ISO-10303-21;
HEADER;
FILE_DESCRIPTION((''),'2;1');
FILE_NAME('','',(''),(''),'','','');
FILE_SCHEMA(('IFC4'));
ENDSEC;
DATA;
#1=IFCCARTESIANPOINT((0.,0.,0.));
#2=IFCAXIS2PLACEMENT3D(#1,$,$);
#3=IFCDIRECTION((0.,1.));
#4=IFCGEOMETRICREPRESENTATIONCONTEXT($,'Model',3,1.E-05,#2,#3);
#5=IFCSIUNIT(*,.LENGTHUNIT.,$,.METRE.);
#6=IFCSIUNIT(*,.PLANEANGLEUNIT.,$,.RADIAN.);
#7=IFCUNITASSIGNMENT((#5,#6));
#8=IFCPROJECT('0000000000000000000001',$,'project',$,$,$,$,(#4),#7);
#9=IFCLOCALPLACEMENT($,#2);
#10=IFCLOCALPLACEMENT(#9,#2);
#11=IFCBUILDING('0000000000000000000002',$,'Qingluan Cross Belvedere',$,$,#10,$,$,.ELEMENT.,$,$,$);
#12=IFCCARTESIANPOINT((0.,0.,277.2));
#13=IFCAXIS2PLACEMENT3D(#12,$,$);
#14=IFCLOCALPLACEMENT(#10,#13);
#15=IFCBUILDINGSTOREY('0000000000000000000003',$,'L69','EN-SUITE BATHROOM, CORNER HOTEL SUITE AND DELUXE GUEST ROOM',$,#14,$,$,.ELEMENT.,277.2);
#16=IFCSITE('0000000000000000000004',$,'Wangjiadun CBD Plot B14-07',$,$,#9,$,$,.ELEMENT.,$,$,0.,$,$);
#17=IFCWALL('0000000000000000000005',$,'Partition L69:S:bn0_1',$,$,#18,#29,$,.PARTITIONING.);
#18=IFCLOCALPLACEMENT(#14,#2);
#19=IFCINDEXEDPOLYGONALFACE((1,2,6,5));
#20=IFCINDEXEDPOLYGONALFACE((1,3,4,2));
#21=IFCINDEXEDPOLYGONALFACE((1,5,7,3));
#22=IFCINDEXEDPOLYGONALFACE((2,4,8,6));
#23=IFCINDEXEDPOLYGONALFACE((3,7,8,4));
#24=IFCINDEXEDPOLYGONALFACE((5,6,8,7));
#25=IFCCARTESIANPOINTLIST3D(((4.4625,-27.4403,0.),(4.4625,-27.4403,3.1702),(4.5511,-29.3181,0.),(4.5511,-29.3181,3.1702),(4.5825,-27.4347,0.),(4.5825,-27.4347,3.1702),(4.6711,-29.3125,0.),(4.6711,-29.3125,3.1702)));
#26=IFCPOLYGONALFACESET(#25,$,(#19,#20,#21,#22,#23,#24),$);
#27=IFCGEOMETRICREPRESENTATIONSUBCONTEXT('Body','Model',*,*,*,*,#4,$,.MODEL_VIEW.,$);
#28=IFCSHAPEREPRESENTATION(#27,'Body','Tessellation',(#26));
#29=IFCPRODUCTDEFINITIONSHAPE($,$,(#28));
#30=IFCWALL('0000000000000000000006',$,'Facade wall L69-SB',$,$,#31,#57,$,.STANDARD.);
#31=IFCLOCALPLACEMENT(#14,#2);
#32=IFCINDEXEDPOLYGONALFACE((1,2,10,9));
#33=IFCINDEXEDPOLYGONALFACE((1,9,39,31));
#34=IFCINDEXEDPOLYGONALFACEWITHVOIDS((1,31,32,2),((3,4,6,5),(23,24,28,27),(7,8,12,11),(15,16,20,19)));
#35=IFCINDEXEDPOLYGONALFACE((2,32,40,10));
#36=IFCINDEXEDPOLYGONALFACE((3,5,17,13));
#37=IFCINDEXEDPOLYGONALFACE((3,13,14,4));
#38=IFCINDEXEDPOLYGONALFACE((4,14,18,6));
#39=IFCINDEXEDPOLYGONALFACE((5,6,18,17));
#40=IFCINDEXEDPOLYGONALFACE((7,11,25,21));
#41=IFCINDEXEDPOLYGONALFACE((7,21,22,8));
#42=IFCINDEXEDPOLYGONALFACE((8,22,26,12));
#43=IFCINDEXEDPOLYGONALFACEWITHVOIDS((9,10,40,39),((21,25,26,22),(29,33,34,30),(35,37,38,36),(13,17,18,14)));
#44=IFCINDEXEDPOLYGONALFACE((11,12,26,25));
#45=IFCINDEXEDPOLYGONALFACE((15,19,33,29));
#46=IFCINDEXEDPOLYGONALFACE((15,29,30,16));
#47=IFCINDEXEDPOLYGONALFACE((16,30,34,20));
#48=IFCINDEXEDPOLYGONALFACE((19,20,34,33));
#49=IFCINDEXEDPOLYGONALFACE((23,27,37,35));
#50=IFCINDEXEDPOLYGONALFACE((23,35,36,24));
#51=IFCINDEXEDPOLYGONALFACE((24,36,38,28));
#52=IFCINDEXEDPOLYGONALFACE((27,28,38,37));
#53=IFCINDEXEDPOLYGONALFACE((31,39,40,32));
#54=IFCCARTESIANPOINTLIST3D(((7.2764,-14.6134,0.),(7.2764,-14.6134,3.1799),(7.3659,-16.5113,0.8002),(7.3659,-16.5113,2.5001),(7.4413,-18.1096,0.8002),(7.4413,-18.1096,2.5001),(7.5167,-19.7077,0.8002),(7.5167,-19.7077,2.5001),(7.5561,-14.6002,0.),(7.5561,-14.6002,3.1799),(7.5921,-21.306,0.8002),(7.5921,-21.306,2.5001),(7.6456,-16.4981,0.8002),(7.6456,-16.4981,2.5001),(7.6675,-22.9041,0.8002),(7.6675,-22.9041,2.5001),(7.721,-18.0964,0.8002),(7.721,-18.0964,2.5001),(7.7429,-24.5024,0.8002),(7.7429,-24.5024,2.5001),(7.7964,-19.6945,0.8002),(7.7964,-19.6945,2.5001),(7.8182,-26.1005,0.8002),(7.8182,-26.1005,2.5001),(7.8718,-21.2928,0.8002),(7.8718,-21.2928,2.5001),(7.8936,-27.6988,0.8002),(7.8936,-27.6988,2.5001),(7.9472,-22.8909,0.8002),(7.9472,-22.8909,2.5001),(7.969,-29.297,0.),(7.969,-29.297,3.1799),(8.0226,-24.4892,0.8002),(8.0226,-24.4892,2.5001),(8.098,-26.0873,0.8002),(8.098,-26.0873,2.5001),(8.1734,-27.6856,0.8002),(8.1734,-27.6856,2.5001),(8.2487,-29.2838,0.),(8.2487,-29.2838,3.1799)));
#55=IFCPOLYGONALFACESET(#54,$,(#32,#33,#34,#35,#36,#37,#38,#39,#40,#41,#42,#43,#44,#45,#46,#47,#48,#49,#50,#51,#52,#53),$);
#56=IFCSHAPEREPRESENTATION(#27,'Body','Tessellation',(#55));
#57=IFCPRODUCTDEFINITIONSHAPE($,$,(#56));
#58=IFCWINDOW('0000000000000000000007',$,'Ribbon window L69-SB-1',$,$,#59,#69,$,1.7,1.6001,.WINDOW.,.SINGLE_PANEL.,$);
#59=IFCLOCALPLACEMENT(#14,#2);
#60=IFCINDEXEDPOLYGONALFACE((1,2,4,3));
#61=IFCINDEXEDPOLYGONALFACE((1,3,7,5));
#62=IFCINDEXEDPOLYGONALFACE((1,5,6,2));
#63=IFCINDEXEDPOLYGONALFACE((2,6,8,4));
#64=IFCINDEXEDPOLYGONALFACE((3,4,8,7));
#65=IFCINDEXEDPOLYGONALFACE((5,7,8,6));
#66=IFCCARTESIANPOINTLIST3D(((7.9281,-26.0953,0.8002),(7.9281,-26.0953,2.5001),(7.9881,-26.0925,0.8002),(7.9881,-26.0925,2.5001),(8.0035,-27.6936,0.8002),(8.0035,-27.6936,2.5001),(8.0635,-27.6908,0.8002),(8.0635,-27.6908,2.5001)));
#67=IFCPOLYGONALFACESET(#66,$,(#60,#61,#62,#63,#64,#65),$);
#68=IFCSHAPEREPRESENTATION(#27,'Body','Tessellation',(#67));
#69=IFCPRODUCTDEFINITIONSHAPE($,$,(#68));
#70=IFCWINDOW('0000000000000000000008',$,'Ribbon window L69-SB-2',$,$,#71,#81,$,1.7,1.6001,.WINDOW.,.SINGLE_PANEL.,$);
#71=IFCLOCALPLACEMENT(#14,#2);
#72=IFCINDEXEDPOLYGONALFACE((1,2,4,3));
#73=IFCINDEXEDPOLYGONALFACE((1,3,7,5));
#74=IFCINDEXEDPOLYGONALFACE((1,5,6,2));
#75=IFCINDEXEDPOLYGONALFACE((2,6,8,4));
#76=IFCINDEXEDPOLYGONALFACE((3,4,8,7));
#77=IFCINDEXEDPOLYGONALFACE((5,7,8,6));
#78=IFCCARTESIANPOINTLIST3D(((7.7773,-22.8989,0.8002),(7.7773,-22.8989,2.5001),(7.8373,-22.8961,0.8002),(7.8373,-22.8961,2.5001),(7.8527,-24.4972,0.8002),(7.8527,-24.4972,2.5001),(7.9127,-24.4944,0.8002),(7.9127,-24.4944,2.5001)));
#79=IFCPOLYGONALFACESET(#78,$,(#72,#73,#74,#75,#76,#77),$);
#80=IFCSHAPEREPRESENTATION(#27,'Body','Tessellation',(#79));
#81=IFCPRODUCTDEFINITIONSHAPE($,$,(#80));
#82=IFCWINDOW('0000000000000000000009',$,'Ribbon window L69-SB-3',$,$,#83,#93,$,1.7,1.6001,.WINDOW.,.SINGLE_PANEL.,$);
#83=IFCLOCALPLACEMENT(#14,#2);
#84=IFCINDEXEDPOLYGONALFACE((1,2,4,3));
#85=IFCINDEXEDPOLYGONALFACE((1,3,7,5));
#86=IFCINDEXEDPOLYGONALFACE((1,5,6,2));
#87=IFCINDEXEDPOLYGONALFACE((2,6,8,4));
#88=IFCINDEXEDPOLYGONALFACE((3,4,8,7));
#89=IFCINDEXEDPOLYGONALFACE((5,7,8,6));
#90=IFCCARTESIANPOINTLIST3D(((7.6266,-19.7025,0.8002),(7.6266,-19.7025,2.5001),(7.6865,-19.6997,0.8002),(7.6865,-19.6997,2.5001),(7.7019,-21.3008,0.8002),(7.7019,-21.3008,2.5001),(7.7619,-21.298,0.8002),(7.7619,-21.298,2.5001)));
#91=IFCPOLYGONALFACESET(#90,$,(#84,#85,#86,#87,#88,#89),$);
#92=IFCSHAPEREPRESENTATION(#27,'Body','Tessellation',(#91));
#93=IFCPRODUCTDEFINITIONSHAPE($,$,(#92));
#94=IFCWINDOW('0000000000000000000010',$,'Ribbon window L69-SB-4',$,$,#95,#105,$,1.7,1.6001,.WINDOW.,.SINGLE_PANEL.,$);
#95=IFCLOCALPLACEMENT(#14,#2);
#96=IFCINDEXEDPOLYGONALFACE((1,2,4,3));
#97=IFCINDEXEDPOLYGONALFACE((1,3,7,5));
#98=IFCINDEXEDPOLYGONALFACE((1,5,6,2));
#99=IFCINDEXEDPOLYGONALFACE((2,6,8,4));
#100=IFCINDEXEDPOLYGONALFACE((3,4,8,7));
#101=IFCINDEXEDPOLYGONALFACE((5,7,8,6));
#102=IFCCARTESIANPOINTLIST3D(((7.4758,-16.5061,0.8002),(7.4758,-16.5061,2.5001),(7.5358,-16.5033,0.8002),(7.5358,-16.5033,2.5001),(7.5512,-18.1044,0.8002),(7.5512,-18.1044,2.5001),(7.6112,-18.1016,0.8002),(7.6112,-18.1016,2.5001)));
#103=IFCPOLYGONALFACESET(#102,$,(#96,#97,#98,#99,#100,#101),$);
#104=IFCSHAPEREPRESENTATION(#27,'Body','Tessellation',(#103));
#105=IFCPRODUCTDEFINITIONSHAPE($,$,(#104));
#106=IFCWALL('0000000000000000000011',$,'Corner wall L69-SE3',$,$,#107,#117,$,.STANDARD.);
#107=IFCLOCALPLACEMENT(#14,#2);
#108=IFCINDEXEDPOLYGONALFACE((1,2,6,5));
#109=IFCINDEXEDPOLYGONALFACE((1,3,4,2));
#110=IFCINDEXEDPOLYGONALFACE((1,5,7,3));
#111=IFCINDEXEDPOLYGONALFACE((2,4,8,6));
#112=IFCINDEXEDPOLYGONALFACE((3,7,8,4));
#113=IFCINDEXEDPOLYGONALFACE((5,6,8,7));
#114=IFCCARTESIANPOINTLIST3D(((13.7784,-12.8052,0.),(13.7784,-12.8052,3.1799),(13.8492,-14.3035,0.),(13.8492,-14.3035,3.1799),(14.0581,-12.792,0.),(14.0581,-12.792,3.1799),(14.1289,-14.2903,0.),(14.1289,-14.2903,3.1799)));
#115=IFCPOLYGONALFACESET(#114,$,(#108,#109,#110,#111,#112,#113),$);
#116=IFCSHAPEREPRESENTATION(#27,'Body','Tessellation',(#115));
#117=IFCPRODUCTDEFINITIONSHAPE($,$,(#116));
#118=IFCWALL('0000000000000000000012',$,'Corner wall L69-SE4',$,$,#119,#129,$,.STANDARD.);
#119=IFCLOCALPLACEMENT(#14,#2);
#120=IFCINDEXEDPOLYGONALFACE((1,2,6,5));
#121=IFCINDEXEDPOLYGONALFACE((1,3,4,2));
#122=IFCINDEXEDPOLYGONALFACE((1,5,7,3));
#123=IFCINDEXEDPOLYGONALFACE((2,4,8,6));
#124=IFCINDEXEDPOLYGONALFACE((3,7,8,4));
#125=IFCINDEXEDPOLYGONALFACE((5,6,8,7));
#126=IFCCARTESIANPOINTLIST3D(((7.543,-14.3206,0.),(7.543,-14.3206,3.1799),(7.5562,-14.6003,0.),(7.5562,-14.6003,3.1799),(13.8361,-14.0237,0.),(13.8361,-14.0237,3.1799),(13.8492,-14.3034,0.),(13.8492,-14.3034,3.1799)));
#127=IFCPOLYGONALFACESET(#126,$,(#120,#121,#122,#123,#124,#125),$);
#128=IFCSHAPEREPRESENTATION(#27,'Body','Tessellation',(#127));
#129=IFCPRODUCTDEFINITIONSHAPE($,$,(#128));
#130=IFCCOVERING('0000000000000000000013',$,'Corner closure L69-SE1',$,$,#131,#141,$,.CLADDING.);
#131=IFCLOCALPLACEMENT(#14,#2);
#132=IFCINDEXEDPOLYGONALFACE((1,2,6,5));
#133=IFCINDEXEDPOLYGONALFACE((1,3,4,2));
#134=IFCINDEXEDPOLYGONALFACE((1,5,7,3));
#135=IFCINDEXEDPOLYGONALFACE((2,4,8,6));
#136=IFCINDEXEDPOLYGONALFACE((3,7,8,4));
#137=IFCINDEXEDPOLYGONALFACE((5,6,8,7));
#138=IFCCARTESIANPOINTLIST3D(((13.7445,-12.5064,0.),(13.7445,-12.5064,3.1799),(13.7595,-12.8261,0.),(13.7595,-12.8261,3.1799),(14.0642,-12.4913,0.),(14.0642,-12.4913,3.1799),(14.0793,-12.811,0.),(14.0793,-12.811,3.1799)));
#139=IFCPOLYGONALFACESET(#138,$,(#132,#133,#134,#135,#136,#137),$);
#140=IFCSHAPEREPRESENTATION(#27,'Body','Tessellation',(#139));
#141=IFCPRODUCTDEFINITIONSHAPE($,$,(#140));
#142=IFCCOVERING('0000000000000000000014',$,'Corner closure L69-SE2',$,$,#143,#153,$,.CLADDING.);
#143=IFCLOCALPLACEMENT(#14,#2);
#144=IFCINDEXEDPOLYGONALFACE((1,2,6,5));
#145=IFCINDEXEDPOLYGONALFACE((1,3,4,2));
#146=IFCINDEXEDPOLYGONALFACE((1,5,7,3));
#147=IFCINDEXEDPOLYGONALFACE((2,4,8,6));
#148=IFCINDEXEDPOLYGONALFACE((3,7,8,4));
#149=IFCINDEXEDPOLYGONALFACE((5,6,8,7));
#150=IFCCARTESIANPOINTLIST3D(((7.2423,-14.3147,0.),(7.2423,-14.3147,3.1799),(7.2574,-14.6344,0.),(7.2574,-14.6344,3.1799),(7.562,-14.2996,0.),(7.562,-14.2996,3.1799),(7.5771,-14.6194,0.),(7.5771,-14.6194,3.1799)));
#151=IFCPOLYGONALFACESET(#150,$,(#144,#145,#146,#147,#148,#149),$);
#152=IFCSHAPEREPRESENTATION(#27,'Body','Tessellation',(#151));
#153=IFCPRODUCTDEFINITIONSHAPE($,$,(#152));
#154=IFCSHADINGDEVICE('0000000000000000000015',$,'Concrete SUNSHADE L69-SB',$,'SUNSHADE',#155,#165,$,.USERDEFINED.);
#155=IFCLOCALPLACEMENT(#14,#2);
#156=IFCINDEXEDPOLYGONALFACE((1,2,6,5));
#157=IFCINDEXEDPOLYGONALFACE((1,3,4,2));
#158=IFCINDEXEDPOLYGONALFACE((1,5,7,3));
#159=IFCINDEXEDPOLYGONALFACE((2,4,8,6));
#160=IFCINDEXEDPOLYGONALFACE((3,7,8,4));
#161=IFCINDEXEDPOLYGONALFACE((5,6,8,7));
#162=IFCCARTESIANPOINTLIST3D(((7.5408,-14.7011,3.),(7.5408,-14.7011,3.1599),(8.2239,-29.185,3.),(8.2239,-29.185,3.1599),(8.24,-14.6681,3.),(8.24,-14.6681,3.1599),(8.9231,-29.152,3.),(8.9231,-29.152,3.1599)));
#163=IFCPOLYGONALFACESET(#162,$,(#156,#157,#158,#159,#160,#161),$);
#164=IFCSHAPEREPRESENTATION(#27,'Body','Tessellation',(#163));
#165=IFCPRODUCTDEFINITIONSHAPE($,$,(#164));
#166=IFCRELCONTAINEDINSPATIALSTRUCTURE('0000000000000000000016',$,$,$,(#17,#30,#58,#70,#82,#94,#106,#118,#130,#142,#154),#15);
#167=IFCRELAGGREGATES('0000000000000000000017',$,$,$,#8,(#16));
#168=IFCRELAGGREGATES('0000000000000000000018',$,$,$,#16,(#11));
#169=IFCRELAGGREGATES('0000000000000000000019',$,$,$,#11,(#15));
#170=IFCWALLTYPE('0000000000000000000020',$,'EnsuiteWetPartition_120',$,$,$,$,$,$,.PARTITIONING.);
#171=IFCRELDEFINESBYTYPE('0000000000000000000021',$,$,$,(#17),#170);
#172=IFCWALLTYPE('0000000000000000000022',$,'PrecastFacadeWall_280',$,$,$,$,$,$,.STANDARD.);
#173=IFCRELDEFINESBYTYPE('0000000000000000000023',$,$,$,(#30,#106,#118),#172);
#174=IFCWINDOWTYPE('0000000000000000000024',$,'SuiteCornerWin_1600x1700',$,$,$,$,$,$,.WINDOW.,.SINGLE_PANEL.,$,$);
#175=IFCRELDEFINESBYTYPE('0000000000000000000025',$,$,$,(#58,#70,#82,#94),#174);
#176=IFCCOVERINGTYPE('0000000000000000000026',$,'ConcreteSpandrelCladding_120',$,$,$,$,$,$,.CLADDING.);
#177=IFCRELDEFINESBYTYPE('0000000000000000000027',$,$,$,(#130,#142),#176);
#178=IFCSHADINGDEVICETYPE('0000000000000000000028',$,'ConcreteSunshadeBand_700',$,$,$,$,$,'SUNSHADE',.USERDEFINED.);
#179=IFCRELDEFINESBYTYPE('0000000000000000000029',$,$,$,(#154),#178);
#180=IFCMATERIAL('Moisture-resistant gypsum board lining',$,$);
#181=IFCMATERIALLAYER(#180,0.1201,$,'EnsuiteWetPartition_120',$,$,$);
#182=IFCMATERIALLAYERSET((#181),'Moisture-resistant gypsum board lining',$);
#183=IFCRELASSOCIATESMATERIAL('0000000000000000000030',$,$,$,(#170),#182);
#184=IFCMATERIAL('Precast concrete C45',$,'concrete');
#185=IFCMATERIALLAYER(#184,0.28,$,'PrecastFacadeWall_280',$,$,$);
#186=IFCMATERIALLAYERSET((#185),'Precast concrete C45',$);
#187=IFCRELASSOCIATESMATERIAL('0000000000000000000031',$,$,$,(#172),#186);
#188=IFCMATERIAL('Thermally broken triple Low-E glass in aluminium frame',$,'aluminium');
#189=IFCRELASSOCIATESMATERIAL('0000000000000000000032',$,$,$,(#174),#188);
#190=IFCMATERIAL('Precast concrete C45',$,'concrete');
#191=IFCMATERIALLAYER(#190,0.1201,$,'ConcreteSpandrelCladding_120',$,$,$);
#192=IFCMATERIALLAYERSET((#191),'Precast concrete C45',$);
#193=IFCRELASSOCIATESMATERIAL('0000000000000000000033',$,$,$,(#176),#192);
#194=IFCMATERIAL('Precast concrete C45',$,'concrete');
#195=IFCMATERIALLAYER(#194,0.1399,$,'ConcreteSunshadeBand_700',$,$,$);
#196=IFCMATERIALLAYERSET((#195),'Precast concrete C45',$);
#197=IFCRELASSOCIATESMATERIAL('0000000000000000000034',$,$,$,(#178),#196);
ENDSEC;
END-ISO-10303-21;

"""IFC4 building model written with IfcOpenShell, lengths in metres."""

from ifc_helpers import new_model, si_unit, direction, frame, frame_2d, origin, origin_2d, place, context, subcontext, project, spatial, rectangle, extrude, material, layer, layer_set, type_object, element, fill, save


model = new_model("IFC4")

# Units and contexts
model_context = context("Model", 3, precision=1e-05, world=origin(), true_north=direction((0.0, 1.0)))
body_context = subcontext(model_context, "Body", "Model", "MODEL_VIEW")
ifc_project = project(units=[si_unit("LENGTHUNIT", "METRE"), si_unit("PLANEANGLEUNIT", "RADIAN")], contexts=[model_context])

# Site, building, storey
site_placement = place(None, origin())
site = spatial("IfcSite", under=ifc_project, at=site_placement, Name="Wangjiadun CBD Plot B14-07", CompositionType="ELEMENT", RefElevation=0.0)
building_placement = place(site_placement, origin())
building = spatial("IfcBuilding", under=site, at=building_placement, Name="Qingluan Cross Belvedere", CompositionType="ELEMENT")
storey_placement = place(building_placement, frame((0.0, 0.0, 277.2)))
storey = spatial("IfcBuildingStorey", under=building, at=storey_placement, Name="L69", Description="EN-SUITE BATHROOM, CORNER HOTEL SUITE AND DELUXE GUEST ROOM", CompositionType="ELEMENT", Elevation=277.2)

# Wall
ifc_material_1 = material(Name="Moisture-resistant gypsum board lining")
ifc_layer_1 = layer(ifc_material_1, 0.1201, Name="EnsuiteWetPartition_120")
ifc_layer_set_1 = layer_set([ifc_layer_1], Name="Moisture-resistant gypsum board lining")
wall_type_1 = type_object("IfcWallType", Name="EnsuiteWetPartition_120", PredefinedType="PARTITIONING", material=ifc_layer_set_1)
wall_1_placement = place(storey_placement, frame((4.5225, -27.4375, 0.0), z_axis=(0.0, 0.0, 1.0), x_axis=(0.047146, -0.998888, 0.0)))
element("IfcWall", 1, at=wall_1_placement, inside=storey, type_object=wall_type_1, Name="Partition L69:S:bn0_1", PredefinedType="PARTITIONING", context=body_context, shape_type="SweptSolid", body=[
    extrude(rectangle(XDim=1.8799, YDim=0.1201, at=frame_2d((0.9399, 0.0))), origin(), (0.0, 0.0, 1.0), 3.1702),
])

# Wall, openings, windows
ifc_material_2 = material(Name="Precast concrete C45", Category="concrete")
ifc_layer_2 = layer(ifc_material_2, 0.28, Name="PrecastFacadeWall_280")
ifc_layer_set_2 = layer_set([ifc_layer_2], Name="Precast concrete C45")
wall_type_2 = type_object("IfcWallType", Name="PrecastFacadeWall_280", PredefinedType="STANDARD", material=ifc_layer_set_2)
wall_2_placement = place(storey_placement, frame((8.1089, -29.2905, 0.0), z_axis=(0.0, 0.0, 1.0), x_axis=(-0.047118, 0.998889, 0.0)))
wall_2 = element("IfcWall", 2, at=wall_2_placement, inside=storey, type_object=wall_type_2, Name="Facade wall L69-SB", PredefinedType="STANDARD", context=body_context, shape_type="SweptSolid", body=[
    extrude(rectangle(XDim=14.7, YDim=0.28, at=frame_2d((7.3501, 0.0))), origin(), (0.0, 0.0, 1.0), 3.1799),
])
opening_1_placement = place(wall_2_placement, frame((1.6001, 0.0, 0.8)))
opening_1 = element("IfcOpeningElement", 3, at=opening_1_placement, cuts=wall_2, PredefinedType="OPENING", context=body_context, shape_type="SweptSolid", body=[
    extrude(rectangle(XDim=1.6001, YDim=1.7, at=frame_2d((0.8, 0.8501))), frame((0.0, 0.1499, 0.0), z_axis=(0.0, -1.0, 0.0), x_axis=(1.0, 0.0, 0.0)), (0.0, 0.0, 1.0), 0.3),
])
opening_2_placement = place(wall_2_placement, frame((4.8, 0.0, 0.8)))
opening_2 = element("IfcOpeningElement", 4, at=opening_2_placement, cuts=wall_2, PredefinedType="OPENING", context=body_context, shape_type="SweptSolid", body=[
    extrude(rectangle(XDim=1.6001, YDim=1.7, at=frame_2d((0.8, 0.8501))), frame((0.0, 0.1499, 0.0), z_axis=(0.0, -1.0, 0.0), x_axis=(1.0, 0.0, 0.0)), (0.0, 0.0, 1.0), 0.3),
])
opening_3_placement = place(wall_2_placement, frame((8.0, 0.0, 0.8)))
opening_3 = element("IfcOpeningElement", 5, at=opening_3_placement, cuts=wall_2, PredefinedType="OPENING", context=body_context, shape_type="SweptSolid", body=[
    extrude(rectangle(XDim=1.6001, YDim=1.7, at=frame_2d((0.8, 0.8501))), frame((0.0, 0.1499, 0.0), z_axis=(0.0, -1.0, 0.0), x_axis=(1.0, 0.0, 0.0)), (0.0, 0.0, 1.0), 0.3),
])
opening_4_placement = place(wall_2_placement, frame((11.2, 0.0, 0.8)))
opening_4 = element("IfcOpeningElement", 6, at=opening_4_placement, cuts=wall_2, PredefinedType="OPENING", context=body_context, shape_type="SweptSolid", body=[
    extrude(rectangle(XDim=1.6001, YDim=1.7, at=frame_2d((0.8, 0.8501))), frame((0.0, 0.1499, 0.0), z_axis=(0.0, -1.0, 0.0), x_axis=(1.0, 0.0, 0.0)), (0.0, 0.0, 1.0), 0.3),
])
ifc_material_3 = material(Name="Thermally broken triple Low-E glass in aluminium frame", Category="aluminium")
window_type = type_object("IfcWindowType", Name="SuiteCornerWin_1600x1700", PartitioningType="SINGLE_PANEL", PredefinedType="WINDOW", material=ifc_material_3)
window_1_placement = place(opening_1_placement, origin())
window_1 = element("IfcWindow", 7, at=window_1_placement, inside=storey, type_object=window_type, Name="Ribbon window L69-SB-1", OverallHeight=1.7, OverallWidth=1.6001, PartitioningType="SINGLE_PANEL", PredefinedType="WINDOW", context=body_context, shape_type="SweptSolid", body=[
    extrude(rectangle(XDim=1.6001, YDim=1.7, at=frame_2d((0.8, 0.8501))), frame((0.0, 0.03, 0.0), z_axis=(0.0, -1.0, 0.0), x_axis=(1.0, 0.0, 0.0)), (0.0, 0.0, 1.0), 0.0601),
])
fill(opening_1, window_1)
window_2_placement = place(opening_2_placement, origin())
window_2 = element("IfcWindow", 8, at=window_2_placement, inside=storey, type_object=window_type, Name="Ribbon window L69-SB-2", OverallHeight=1.7, OverallWidth=1.6001, PartitioningType="SINGLE_PANEL", PredefinedType="WINDOW", context=body_context, shape_type="SweptSolid", body=[
    extrude(rectangle(XDim=1.6001, YDim=1.7, at=frame_2d((0.8, 0.8501))), frame((0.0, 0.03, 0.0), z_axis=(0.0, -1.0, 0.0), x_axis=(1.0, 0.0, 0.0)), (0.0, 0.0, 1.0), 0.0601),
])
fill(opening_2, window_2)
window_3_placement = place(opening_3_placement, origin())
window_3 = element("IfcWindow", 9, at=window_3_placement, inside=storey, type_object=window_type, Name="Ribbon window L69-SB-3", OverallHeight=1.7, OverallWidth=1.6001, PartitioningType="SINGLE_PANEL", PredefinedType="WINDOW", context=body_context, shape_type="SweptSolid", body=[
    extrude(rectangle(XDim=1.6001, YDim=1.7, at=frame_2d((0.8, 0.8501))), frame((0.0, 0.03, 0.0), z_axis=(0.0, -1.0, 0.0), x_axis=(1.0, 0.0, 0.0)), (0.0, 0.0, 1.0), 0.0601),
])
fill(opening_3, window_3)
window_4_placement = place(opening_4_placement, origin())
window_4 = element("IfcWindow", 10, at=window_4_placement, inside=storey, type_object=window_type, Name="Ribbon window L69-SB-4", OverallHeight=1.7, OverallWidth=1.6001, PartitioningType="SINGLE_PANEL", PredefinedType="WINDOW", context=body_context, shape_type="SweptSolid", body=[
    extrude(rectangle(XDim=1.6001, YDim=1.7, at=frame_2d((0.8, 0.8501))), frame((0.0, 0.03, 0.0), z_axis=(0.0, -1.0, 0.0), x_axis=(1.0, 0.0, 0.0)), (0.0, 0.0, 1.0), 0.0601),
])
fill(opening_4, window_4)

# Walls
wall_3_placement = place(storey_placement, frame((13.9182, -12.7986, 0.0), z_axis=(0.0, 0.0, 1.0), x_axis=(0.047202, -0.998885, 0.0)))
element("IfcWall", 11, at=wall_3_placement, inside=storey, type_object=wall_type_2, Name="Corner wall L69-SE3", PredefinedType="STANDARD", context=body_context, shape_type="SweptSolid", body=[
    extrude(rectangle(XDim=1.5, YDim=0.28, at=frame_2d((0.75, 0.0))), origin(), (0.0, 0.0, 1.0), 3.1799),
])
wall_4_placement = place(storey_placement, frame((13.8425, -14.1636, 0.0), z_axis=(0.0, 0.0, 1.0), x_axis=(-0.998889, -0.047123, 0.0)))
element("IfcWall", 12, at=wall_4_placement, inside=storey, type_object=wall_type_2, Name="Corner wall L69-SE4", PredefinedType="STANDARD", context=body_context, shape_type="SweptSolid", body=[
    extrude(rectangle(XDim=6.3, YDim=0.28, at=frame_2d((3.1499, 0.0))), origin(), (0.0, 0.0, 1.0), 3.1799),
])

# Coverings
ifc_material_4 = material(Name="Precast concrete C45", Category="concrete")
ifc_layer_3 = layer(ifc_material_4, 0.1201, Name="ConcreteSpandrelCladding_120")
ifc_layer_set_3 = layer_set([ifc_layer_3], Name="Precast concrete C45")
covering_type_1 = type_object("IfcCoveringType", Name="ConcreteSpandrelCladding_120", PredefinedType="CLADDING", material=ifc_layer_set_3)
for number, where, z_axis, x_axis, name in (
    (13, (13.9119, -12.6587, 0.0), (0.0, 0.0, 1.0), (0.99889, 0.047106, 0.0), "Corner closure L69-SE1"),
    (14, (7.4097, -14.467, 0.0), (0.0, 0.0, 1.0), (0.99889, 0.047106, 0.0), "Corner closure L69-SE2"),
):
    element("IfcCovering", number, at=place(storey_placement, frame(where, z_axis=z_axis, x_axis=x_axis)), inside=storey, type_object=covering_type_1, Name=name, PredefinedType="CLADDING", context=body_context, shape_type="SweptSolid", body=[
        extrude(rectangle(XDim=0.3201, YDim=0.3201, at=origin_2d()), origin(), (0.0, 0.0, 1.0), 3.1799),
    ])

# Shading device
ifc_material_5 = material(Name="Precast concrete C45", Category="concrete")
ifc_layer_4 = layer(ifc_material_5, 0.1399, Name="ConcreteSunshadeBand_700")
ifc_layer_set_4 = layer_set([ifc_layer_4], Name="Precast concrete C45")
shading_device_type = type_object("IfcShadingDeviceType", Name="ConcreteSunshadeBand_700", ElementType="SUNSHADE", PredefinedType="USERDEFINED", material=ifc_layer_set_4)
shading_device_placement = place(storey_placement, frame((8.2319, -21.9265, 3.0), z_axis=(0.0, 0.0, 1.0), x_axis=(-0.047109, 0.99889, 0.0)))
element("IfcShadingDevice", 15, at=shading_device_placement, inside=storey, type_object=shading_device_type, Name="Concrete SUNSHADE L69-SB", ObjectType="SUNSHADE", PredefinedType="USERDEFINED", context=body_context, shape_type="SweptSolid", body=[
    extrude(rectangle(XDim=14.5, YDim=0.7, at=origin_2d()), origin(), (0.0, 0.0, 1.0), 0.1599),
])

save(model, "model.ifc")
